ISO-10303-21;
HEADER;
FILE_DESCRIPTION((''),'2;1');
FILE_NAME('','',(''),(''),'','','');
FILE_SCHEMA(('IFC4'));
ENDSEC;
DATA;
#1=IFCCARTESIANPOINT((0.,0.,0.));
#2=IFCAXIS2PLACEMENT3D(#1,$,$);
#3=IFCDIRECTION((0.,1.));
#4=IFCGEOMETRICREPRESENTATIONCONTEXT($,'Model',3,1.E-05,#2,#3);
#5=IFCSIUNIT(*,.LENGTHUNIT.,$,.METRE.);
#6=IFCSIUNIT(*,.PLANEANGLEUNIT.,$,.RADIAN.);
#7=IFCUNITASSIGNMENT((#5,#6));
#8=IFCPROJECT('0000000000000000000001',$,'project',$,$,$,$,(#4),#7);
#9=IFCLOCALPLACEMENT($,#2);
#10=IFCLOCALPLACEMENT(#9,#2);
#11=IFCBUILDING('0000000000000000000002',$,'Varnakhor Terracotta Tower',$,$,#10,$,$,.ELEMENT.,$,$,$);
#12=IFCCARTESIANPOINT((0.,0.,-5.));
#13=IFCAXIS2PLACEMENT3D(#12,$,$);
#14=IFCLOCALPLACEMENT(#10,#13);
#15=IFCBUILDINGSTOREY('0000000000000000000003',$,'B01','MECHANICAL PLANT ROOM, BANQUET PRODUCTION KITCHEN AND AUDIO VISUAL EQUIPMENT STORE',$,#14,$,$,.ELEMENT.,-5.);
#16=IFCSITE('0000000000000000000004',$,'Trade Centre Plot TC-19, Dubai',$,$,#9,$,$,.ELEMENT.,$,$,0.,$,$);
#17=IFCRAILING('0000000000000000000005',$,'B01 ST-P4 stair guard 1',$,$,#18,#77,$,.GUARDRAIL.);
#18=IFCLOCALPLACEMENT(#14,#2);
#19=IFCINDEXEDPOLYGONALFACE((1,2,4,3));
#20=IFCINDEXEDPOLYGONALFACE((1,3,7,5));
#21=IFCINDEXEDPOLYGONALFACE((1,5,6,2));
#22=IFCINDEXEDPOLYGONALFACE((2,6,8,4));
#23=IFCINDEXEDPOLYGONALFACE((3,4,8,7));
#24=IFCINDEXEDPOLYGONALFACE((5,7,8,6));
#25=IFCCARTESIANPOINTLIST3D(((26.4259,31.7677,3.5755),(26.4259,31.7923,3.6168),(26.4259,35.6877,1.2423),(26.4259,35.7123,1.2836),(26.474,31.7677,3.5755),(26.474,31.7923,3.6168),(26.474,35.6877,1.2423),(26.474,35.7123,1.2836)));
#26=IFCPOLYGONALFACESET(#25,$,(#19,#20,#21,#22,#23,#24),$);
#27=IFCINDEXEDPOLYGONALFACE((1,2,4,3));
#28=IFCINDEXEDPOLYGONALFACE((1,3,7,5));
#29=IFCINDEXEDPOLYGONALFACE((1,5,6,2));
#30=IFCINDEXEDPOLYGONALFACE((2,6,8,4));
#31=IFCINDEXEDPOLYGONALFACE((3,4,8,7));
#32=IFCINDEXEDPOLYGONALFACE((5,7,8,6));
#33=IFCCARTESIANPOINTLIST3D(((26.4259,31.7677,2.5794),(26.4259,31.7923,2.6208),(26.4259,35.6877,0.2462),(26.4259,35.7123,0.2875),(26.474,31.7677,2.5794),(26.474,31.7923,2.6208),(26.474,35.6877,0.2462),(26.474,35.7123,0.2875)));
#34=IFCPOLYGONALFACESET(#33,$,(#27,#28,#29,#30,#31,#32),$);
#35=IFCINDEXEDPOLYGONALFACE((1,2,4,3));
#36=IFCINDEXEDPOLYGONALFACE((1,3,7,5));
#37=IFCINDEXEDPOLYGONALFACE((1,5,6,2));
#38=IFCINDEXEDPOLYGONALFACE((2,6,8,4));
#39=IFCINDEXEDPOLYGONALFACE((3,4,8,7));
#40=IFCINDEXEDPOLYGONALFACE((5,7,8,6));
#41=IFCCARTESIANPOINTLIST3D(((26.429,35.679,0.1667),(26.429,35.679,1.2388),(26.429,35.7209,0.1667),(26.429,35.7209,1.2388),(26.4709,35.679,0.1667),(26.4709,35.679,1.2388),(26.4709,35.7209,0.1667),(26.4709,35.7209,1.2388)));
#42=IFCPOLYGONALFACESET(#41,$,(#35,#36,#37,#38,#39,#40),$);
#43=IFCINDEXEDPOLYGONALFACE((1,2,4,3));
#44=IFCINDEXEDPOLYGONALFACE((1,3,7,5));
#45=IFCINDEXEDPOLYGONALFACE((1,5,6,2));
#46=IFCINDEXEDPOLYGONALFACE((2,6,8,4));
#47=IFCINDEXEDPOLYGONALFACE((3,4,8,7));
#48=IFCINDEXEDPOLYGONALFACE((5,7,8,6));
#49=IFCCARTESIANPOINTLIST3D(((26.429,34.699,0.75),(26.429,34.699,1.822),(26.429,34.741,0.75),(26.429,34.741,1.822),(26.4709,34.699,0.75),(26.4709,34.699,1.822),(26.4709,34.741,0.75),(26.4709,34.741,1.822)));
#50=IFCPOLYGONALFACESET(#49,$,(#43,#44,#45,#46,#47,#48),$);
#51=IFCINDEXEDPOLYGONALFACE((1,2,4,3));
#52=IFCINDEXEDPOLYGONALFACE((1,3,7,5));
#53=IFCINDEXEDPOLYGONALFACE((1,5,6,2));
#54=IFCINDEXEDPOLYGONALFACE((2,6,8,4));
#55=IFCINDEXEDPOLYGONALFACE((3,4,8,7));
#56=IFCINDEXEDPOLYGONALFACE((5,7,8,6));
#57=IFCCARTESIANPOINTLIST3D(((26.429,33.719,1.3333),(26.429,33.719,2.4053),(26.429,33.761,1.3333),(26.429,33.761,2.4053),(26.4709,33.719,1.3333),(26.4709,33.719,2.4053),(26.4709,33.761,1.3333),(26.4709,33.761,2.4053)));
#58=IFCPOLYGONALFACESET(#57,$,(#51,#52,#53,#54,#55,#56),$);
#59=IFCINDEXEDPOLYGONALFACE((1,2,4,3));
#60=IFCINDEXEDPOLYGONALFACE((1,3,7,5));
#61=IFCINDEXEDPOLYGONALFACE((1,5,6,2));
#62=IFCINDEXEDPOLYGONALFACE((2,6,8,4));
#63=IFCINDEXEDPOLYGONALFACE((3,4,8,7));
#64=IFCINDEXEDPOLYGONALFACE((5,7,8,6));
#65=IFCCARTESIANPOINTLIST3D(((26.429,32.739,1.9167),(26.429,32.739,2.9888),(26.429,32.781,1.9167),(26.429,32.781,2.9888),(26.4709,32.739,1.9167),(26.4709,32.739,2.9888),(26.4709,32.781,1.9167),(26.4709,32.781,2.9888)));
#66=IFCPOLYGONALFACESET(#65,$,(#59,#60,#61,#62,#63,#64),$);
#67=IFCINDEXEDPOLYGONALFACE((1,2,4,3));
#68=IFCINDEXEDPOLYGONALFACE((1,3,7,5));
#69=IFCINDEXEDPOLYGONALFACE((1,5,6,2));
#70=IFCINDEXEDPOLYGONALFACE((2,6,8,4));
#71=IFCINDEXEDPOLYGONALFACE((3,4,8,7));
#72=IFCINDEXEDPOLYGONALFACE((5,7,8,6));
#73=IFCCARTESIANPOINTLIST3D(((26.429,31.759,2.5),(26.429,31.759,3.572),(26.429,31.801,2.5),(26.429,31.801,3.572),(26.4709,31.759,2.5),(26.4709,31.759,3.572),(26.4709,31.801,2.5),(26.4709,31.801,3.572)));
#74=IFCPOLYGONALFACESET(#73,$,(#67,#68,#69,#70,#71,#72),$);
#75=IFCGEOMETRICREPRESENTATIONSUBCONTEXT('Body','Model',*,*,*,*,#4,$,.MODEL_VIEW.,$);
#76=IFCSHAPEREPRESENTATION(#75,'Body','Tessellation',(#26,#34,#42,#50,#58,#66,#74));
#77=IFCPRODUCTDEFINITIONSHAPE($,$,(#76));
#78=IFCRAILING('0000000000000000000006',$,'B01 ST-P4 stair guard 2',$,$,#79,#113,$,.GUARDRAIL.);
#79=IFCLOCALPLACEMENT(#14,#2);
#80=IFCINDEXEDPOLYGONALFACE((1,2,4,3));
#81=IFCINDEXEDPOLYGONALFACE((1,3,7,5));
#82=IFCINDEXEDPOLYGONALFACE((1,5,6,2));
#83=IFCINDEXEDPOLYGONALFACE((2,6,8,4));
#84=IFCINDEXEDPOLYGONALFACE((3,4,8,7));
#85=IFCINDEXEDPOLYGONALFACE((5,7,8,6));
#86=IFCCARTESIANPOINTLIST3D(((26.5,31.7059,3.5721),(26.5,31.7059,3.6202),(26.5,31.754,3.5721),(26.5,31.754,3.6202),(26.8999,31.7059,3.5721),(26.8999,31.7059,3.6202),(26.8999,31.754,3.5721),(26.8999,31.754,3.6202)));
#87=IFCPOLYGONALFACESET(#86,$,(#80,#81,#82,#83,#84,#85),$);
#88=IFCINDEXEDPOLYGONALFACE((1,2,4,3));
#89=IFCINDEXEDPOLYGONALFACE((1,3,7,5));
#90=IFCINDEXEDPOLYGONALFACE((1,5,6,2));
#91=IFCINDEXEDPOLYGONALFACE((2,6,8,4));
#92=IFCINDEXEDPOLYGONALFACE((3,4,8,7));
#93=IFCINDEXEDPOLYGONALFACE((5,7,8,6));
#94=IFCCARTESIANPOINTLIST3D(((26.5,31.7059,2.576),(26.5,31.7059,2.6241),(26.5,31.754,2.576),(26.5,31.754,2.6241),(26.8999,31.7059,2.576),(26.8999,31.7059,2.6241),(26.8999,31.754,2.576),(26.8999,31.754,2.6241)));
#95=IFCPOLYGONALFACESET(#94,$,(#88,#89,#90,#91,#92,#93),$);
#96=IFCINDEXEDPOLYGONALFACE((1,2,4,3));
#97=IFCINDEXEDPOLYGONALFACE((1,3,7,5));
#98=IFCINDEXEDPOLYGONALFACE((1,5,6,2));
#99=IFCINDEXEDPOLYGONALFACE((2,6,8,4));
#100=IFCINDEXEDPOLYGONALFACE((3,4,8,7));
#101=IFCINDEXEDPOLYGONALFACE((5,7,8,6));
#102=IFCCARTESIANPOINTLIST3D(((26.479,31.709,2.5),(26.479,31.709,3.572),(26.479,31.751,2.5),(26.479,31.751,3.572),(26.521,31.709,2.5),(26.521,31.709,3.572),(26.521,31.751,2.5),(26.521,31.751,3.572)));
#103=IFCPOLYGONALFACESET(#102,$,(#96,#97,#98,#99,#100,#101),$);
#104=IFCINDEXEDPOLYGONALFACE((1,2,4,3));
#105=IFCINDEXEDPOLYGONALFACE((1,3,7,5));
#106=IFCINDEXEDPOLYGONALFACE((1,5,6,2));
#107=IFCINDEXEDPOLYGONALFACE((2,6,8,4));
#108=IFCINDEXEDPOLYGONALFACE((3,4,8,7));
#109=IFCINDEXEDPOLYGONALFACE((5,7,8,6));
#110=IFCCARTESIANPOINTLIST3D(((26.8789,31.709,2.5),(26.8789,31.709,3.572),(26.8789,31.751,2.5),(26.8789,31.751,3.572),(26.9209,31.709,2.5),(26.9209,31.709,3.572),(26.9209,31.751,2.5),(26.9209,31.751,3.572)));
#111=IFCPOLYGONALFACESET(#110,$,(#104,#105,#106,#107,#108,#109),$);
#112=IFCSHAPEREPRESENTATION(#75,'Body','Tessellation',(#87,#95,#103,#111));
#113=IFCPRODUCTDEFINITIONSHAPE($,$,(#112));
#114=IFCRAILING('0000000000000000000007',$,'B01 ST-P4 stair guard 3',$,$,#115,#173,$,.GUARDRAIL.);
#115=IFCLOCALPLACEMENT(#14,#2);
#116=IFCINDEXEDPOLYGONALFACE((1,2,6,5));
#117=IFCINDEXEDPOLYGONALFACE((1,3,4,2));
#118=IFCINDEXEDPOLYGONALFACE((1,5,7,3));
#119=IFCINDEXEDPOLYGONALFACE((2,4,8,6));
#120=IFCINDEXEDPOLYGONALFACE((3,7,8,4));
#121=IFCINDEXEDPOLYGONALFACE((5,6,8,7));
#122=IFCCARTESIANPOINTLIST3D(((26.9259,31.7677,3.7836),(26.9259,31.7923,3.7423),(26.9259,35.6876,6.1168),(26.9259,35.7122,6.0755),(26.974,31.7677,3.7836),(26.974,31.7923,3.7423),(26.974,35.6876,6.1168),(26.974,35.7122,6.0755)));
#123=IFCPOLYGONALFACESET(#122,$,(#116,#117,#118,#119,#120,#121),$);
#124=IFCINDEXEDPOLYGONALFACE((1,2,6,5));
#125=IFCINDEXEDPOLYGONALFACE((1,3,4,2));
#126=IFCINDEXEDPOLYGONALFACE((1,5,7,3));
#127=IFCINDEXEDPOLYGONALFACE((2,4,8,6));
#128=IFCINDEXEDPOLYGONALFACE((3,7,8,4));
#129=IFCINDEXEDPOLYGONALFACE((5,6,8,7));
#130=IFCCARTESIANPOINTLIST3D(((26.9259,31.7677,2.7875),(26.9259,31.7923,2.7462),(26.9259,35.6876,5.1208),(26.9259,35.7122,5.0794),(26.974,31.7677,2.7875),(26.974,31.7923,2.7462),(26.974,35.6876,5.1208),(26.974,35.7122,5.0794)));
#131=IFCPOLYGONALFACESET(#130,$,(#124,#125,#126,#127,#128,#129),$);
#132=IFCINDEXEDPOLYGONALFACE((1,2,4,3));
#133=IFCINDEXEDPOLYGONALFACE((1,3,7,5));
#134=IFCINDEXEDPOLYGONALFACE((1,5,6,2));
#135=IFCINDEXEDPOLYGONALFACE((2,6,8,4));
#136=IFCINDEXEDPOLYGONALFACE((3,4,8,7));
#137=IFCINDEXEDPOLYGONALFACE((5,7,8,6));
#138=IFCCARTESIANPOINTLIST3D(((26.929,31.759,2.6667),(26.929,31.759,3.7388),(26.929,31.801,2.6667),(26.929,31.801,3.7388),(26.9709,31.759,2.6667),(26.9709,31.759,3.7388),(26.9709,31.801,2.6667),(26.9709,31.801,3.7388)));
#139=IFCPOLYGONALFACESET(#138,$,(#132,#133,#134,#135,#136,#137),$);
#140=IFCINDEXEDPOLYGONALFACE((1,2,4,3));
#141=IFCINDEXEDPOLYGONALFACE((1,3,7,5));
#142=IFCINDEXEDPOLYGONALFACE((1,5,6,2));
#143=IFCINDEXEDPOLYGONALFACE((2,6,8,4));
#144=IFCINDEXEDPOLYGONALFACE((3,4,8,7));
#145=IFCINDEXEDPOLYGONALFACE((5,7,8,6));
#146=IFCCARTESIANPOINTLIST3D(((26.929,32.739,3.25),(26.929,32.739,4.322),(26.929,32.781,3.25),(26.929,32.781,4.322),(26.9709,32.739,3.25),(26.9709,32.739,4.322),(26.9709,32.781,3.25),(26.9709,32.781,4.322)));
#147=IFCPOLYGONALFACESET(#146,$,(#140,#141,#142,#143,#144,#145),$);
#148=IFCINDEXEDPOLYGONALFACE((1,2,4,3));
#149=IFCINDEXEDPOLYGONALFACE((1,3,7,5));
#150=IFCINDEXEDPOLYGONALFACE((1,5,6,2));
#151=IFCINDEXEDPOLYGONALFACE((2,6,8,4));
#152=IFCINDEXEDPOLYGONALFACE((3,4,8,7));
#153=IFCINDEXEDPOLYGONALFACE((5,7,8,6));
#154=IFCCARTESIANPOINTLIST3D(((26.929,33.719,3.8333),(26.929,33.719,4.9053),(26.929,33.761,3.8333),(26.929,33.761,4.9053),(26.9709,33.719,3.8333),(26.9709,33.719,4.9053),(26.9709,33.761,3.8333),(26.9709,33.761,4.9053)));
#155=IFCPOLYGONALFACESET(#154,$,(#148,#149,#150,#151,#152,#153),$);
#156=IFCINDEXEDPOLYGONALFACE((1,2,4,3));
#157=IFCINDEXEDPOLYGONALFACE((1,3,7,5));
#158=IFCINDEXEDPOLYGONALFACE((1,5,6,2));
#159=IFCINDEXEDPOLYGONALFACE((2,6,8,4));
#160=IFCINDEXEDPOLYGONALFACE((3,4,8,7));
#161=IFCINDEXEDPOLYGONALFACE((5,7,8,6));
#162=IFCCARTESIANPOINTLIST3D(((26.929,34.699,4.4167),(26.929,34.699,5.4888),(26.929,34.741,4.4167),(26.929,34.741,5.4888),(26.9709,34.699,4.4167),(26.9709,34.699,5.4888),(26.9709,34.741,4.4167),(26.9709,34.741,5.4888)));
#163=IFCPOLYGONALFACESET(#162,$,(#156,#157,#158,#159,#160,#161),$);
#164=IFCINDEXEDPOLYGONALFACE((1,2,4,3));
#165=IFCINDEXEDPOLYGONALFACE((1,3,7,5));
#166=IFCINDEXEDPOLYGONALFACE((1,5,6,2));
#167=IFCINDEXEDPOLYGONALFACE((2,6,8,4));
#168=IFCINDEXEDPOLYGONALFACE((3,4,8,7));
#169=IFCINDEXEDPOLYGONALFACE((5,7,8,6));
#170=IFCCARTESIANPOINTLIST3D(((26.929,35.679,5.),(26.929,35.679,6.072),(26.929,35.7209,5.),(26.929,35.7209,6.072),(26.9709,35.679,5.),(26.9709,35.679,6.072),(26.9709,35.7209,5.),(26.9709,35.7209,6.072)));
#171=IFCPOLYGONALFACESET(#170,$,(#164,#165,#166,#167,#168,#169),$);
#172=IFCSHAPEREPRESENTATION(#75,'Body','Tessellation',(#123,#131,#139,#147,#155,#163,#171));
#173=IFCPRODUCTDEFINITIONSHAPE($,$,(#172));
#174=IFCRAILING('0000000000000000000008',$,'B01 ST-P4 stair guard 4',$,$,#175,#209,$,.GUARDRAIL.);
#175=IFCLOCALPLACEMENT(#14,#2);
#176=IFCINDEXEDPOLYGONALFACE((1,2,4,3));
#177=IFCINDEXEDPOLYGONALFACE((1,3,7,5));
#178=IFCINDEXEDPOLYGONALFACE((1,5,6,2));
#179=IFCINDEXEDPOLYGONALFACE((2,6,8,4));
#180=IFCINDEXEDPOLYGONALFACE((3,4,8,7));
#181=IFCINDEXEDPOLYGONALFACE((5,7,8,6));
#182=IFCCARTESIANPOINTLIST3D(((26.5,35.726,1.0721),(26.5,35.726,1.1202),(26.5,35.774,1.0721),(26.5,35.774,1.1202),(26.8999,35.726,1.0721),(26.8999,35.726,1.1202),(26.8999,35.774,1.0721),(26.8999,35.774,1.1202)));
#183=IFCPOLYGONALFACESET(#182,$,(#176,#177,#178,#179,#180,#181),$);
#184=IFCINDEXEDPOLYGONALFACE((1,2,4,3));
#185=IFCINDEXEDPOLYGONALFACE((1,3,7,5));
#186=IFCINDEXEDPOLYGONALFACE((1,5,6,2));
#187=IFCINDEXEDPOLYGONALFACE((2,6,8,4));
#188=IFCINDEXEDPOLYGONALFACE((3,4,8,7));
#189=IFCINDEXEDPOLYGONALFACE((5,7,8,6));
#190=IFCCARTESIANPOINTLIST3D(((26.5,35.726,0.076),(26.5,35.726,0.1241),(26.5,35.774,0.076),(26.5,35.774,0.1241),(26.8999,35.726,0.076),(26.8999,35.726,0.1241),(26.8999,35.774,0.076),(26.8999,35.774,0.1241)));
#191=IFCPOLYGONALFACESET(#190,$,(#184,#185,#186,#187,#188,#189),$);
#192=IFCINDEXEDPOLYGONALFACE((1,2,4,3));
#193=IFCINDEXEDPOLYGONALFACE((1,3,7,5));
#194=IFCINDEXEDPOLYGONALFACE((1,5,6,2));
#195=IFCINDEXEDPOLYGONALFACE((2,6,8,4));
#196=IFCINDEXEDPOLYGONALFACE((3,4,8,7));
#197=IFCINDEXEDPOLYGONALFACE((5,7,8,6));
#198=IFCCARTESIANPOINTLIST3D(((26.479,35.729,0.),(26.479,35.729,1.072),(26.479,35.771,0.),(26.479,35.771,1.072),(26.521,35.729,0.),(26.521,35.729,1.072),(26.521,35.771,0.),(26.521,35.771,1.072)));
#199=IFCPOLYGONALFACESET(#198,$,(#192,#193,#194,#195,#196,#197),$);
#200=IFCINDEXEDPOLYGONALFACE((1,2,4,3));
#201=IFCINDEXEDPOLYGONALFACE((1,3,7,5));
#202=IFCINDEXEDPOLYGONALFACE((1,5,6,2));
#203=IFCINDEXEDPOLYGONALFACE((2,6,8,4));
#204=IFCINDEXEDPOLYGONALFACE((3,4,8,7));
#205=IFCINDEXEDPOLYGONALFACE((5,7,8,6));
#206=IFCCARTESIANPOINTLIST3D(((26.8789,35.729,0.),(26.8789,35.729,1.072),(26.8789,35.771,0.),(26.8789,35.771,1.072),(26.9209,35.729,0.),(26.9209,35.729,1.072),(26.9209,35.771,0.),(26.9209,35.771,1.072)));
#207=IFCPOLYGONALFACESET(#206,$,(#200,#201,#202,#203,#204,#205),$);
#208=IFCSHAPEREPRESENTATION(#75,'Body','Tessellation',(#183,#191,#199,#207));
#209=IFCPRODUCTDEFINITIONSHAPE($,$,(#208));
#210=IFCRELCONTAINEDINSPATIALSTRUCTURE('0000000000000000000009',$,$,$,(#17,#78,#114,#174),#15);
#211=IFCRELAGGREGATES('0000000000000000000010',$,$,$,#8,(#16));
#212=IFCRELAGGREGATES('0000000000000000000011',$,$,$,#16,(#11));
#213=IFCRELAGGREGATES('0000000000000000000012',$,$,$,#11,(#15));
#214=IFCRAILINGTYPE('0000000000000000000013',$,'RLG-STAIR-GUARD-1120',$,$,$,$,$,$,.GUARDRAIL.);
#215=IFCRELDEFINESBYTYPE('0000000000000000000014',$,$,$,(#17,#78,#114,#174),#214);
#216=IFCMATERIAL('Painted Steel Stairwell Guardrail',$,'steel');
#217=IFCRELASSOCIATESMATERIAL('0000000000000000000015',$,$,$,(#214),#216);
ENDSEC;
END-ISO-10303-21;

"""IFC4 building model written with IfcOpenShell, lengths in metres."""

from ifc_helpers import new_model, si_unit, direction, frame, origin, origin_2d, place, context, subcontext, project, spatial, rectangle, extrude, material, type_object, element, save


model = new_model("IFC4")

# Units and contexts
model_context = context("Model", 3, precision=1e-05, world=origin(), true_north=direction((0.0, 1.0)))
body_context = subcontext(model_context, "Body", "Model", "MODEL_VIEW")
ifc_project = project(units=[si_unit("LENGTHUNIT", "METRE"), si_unit("PLANEANGLEUNIT", "RADIAN")], contexts=[model_context])

# Site, building, storey
site_placement = place(None, origin())
site = spatial("IfcSite", under=ifc_project, at=site_placement, Name="Trade Centre Plot TC-19, Dubai", CompositionType="ELEMENT", RefElevation=0.0)
building_placement = place(site_placement, origin())
building = spatial("IfcBuilding", under=site, at=building_placement, Name="Varnakhor Terracotta Tower", CompositionType="ELEMENT")
storey_placement = place(building_placement, frame((0.0, 0.0, -5.0)))
storey = spatial("IfcBuildingStorey", under=building, at=storey_placement, Name="B01", Description="MECHANICAL PLANT ROOM, BANQUET PRODUCTION KITCHEN AND AUDIO VISUAL EQUIPMENT STORE", CompositionType="ELEMENT", Elevation=-5.0)

# Railings
ifc_material_1 = material(Name="Painted Steel Stairwell Guardrail", Category="steel")
railing_type_1 = type_object("IfcRailingType", Name="RLG-STAIR-GUARD-1120", PredefinedType="GUARDRAIL", material=ifc_material_1)
railing_1_placement = place(storey_placement, frame((26.45, 35.7, 0.1667)))
element("IfcRailing", 1, at=railing_1_placement, inside=storey, type_object=railing_type_1, Name="B01 ST-P4 stair guard 1", PredefinedType="GUARDRAIL", context=body_context, shape_type="SweptSolid", body=[
    extrude(rectangle(XDim=0.0481, YDim=0.0481, at=origin_2d()), frame((0.0, 0.0, 1.0962), z_axis=(0.0, -0.859296, 0.511478), x_axis=(1.0, 0.0, 0.0)), (0.0, 0.0, 1.0), 4.5618),
    extrude(rectangle(XDim=0.0481, YDim=0.0481, at=origin_2d()), frame((0.0, 0.0, 0.1001), z_axis=(0.0, -0.859296, 0.511478), x_axis=(1.0, 0.0, 0.0)), (0.0, 0.0, 1.0), 4.5618),
    extrude(rectangle(XDim=0.042, YDim=0.042, at=origin_2d()), origin(), (0.0, 0.0, 1.0), 1.072),
    extrude(rectangle(XDim=0.042, YDim=0.042, at=origin_2d()), frame((0.0, -0.98, 0.5833)), (0.0, 0.0, 1.0), 1.072),
    extrude(rectangle(XDim=0.042, YDim=0.042, at=origin_2d()), frame((0.0, -1.96, 1.1665)), (0.0, 0.0, 1.0), 1.072),
    extrude(rectangle(XDim=0.042, YDim=0.042, at=origin_2d()), frame((0.0, -2.9399, 1.75)), (0.0, 0.0, 1.0), 1.072),
    extrude(rectangle(XDim=0.042, YDim=0.042, at=origin_2d()), frame((0.0, -3.9199, 2.3333)), (0.0, 0.0, 1.0), 1.072),
])
railing_2_placement = place(storey_placement, frame((26.5, 31.73, 2.5)))
element("IfcRailing", 2, at=railing_2_placement, inside=storey, type_object=railing_type_1, Name="B01 ST-P4 stair guard 2", PredefinedType="GUARDRAIL", context=body_context, shape_type="SweptSolid", body=[
    extrude(rectangle(XDim=0.0481, YDim=0.0481, at=origin_2d()), frame((0.0, 0.0, 1.0962), z_axis=(1.0, 0.0, 0.0), x_axis=(0.0, 1.0, 0.0)), (0.0, 0.0, 1.0), 0.3999),
    extrude(rectangle(XDim=0.0481, YDim=0.0481, at=origin_2d()), frame((0.0, 0.0, 0.1001), z_axis=(1.0, 0.0, 0.0), x_axis=(0.0, 1.0, 0.0)), (0.0, 0.0, 1.0), 0.3999),
    extrude(rectangle(XDim=0.042, YDim=0.042, at=origin_2d()), origin(), (0.0, 0.0, 1.0), 1.072),
    extrude(rectangle(XDim=0.042, YDim=0.042, at=origin_2d()), frame((0.3999, 0.0, 0.0)), (0.0, 0.0, 1.0), 1.072),
])
railing_3_placement = place(storey_placement, frame((26.95, 31.78, 2.6667)))
element("IfcRailing", 3, at=railing_3_placement, inside=storey, type_object=railing_type_1, Name="B01 ST-P4 stair guard 3", PredefinedType="GUARDRAIL", context=body_context, shape_type="SweptSolid", body=[
    extrude(rectangle(XDim=0.0481, YDim=0.0481, at=origin_2d()), frame((0.0, 0.0, 1.0962), z_axis=(0.0, 0.859296, 0.511478), x_axis=(-1.0, 0.0, 0.0)), (0.0, 0.0, 1.0), 4.5618),
    extrude(rectangle(XDim=0.0481, YDim=0.0481, at=origin_2d()), frame((0.0, 0.0, 0.1001), z_axis=(0.0, 0.859296, 0.511478), x_axis=(-1.0, 0.0, 0.0)), (0.0, 0.0, 1.0), 4.5618),
    extrude(rectangle(XDim=0.042, YDim=0.042, at=origin_2d()), origin(), (0.0, 0.0, 1.0), 1.072),
    extrude(rectangle(XDim=0.042, YDim=0.042, at=origin_2d()), frame((0.0, 0.98, 0.5833)), (0.0, 0.0, 1.0), 1.072),
    extrude(rectangle(XDim=0.042, YDim=0.042, at=origin_2d()), frame((0.0, 1.96, 1.1665)), (0.0, 0.0, 1.0), 1.072),
    extrude(rectangle(XDim=0.042, YDim=0.042, at=origin_2d()), frame((0.0, 2.9399, 1.75)), (0.0, 0.0, 1.0), 1.072),
    extrude(rectangle(XDim=0.042, YDim=0.042, at=origin_2d()), frame((0.0, 3.9199, 2.3333)), (0.0, 0.0, 1.0), 1.072),
])
railing_4_placement = place(storey_placement, frame((26.5, 35.75, 0.0)))
element("IfcRailing", 4, at=railing_4_placement, inside=storey, type_object=railing_type_1, Name="B01 ST-P4 stair guard 4", PredefinedType="GUARDRAIL", context=body_context, shape_type="SweptSolid", body=[
    extrude(rectangle(XDim=0.0481, YDim=0.0481, at=origin_2d()), frame((0.0, 0.0, 1.0962), z_axis=(1.0, 0.0, 0.0), x_axis=(0.0, 1.0, 0.0)), (0.0, 0.0, 1.0), 0.3999),
    extrude(rectangle(XDim=0.0481, YDim=0.0481, at=origin_2d()), frame((0.0, 0.0, 0.1001), z_axis=(1.0, 0.0, 0.0), x_axis=(0.0, 1.0, 0.0)), (0.0, 0.0, 1.0), 0.3999),
    extrude(rectangle(XDim=0.042, YDim=0.042, at=origin_2d()), origin(), (0.0, 0.0, 1.0), 1.072),
    extrude(rectangle(XDim=0.042, YDim=0.042, at=origin_2d()), frame((0.3999, 0.0, 0.0)), (0.0, 0.0, 1.0), 1.072),
])

save(model, "model.ifc")
